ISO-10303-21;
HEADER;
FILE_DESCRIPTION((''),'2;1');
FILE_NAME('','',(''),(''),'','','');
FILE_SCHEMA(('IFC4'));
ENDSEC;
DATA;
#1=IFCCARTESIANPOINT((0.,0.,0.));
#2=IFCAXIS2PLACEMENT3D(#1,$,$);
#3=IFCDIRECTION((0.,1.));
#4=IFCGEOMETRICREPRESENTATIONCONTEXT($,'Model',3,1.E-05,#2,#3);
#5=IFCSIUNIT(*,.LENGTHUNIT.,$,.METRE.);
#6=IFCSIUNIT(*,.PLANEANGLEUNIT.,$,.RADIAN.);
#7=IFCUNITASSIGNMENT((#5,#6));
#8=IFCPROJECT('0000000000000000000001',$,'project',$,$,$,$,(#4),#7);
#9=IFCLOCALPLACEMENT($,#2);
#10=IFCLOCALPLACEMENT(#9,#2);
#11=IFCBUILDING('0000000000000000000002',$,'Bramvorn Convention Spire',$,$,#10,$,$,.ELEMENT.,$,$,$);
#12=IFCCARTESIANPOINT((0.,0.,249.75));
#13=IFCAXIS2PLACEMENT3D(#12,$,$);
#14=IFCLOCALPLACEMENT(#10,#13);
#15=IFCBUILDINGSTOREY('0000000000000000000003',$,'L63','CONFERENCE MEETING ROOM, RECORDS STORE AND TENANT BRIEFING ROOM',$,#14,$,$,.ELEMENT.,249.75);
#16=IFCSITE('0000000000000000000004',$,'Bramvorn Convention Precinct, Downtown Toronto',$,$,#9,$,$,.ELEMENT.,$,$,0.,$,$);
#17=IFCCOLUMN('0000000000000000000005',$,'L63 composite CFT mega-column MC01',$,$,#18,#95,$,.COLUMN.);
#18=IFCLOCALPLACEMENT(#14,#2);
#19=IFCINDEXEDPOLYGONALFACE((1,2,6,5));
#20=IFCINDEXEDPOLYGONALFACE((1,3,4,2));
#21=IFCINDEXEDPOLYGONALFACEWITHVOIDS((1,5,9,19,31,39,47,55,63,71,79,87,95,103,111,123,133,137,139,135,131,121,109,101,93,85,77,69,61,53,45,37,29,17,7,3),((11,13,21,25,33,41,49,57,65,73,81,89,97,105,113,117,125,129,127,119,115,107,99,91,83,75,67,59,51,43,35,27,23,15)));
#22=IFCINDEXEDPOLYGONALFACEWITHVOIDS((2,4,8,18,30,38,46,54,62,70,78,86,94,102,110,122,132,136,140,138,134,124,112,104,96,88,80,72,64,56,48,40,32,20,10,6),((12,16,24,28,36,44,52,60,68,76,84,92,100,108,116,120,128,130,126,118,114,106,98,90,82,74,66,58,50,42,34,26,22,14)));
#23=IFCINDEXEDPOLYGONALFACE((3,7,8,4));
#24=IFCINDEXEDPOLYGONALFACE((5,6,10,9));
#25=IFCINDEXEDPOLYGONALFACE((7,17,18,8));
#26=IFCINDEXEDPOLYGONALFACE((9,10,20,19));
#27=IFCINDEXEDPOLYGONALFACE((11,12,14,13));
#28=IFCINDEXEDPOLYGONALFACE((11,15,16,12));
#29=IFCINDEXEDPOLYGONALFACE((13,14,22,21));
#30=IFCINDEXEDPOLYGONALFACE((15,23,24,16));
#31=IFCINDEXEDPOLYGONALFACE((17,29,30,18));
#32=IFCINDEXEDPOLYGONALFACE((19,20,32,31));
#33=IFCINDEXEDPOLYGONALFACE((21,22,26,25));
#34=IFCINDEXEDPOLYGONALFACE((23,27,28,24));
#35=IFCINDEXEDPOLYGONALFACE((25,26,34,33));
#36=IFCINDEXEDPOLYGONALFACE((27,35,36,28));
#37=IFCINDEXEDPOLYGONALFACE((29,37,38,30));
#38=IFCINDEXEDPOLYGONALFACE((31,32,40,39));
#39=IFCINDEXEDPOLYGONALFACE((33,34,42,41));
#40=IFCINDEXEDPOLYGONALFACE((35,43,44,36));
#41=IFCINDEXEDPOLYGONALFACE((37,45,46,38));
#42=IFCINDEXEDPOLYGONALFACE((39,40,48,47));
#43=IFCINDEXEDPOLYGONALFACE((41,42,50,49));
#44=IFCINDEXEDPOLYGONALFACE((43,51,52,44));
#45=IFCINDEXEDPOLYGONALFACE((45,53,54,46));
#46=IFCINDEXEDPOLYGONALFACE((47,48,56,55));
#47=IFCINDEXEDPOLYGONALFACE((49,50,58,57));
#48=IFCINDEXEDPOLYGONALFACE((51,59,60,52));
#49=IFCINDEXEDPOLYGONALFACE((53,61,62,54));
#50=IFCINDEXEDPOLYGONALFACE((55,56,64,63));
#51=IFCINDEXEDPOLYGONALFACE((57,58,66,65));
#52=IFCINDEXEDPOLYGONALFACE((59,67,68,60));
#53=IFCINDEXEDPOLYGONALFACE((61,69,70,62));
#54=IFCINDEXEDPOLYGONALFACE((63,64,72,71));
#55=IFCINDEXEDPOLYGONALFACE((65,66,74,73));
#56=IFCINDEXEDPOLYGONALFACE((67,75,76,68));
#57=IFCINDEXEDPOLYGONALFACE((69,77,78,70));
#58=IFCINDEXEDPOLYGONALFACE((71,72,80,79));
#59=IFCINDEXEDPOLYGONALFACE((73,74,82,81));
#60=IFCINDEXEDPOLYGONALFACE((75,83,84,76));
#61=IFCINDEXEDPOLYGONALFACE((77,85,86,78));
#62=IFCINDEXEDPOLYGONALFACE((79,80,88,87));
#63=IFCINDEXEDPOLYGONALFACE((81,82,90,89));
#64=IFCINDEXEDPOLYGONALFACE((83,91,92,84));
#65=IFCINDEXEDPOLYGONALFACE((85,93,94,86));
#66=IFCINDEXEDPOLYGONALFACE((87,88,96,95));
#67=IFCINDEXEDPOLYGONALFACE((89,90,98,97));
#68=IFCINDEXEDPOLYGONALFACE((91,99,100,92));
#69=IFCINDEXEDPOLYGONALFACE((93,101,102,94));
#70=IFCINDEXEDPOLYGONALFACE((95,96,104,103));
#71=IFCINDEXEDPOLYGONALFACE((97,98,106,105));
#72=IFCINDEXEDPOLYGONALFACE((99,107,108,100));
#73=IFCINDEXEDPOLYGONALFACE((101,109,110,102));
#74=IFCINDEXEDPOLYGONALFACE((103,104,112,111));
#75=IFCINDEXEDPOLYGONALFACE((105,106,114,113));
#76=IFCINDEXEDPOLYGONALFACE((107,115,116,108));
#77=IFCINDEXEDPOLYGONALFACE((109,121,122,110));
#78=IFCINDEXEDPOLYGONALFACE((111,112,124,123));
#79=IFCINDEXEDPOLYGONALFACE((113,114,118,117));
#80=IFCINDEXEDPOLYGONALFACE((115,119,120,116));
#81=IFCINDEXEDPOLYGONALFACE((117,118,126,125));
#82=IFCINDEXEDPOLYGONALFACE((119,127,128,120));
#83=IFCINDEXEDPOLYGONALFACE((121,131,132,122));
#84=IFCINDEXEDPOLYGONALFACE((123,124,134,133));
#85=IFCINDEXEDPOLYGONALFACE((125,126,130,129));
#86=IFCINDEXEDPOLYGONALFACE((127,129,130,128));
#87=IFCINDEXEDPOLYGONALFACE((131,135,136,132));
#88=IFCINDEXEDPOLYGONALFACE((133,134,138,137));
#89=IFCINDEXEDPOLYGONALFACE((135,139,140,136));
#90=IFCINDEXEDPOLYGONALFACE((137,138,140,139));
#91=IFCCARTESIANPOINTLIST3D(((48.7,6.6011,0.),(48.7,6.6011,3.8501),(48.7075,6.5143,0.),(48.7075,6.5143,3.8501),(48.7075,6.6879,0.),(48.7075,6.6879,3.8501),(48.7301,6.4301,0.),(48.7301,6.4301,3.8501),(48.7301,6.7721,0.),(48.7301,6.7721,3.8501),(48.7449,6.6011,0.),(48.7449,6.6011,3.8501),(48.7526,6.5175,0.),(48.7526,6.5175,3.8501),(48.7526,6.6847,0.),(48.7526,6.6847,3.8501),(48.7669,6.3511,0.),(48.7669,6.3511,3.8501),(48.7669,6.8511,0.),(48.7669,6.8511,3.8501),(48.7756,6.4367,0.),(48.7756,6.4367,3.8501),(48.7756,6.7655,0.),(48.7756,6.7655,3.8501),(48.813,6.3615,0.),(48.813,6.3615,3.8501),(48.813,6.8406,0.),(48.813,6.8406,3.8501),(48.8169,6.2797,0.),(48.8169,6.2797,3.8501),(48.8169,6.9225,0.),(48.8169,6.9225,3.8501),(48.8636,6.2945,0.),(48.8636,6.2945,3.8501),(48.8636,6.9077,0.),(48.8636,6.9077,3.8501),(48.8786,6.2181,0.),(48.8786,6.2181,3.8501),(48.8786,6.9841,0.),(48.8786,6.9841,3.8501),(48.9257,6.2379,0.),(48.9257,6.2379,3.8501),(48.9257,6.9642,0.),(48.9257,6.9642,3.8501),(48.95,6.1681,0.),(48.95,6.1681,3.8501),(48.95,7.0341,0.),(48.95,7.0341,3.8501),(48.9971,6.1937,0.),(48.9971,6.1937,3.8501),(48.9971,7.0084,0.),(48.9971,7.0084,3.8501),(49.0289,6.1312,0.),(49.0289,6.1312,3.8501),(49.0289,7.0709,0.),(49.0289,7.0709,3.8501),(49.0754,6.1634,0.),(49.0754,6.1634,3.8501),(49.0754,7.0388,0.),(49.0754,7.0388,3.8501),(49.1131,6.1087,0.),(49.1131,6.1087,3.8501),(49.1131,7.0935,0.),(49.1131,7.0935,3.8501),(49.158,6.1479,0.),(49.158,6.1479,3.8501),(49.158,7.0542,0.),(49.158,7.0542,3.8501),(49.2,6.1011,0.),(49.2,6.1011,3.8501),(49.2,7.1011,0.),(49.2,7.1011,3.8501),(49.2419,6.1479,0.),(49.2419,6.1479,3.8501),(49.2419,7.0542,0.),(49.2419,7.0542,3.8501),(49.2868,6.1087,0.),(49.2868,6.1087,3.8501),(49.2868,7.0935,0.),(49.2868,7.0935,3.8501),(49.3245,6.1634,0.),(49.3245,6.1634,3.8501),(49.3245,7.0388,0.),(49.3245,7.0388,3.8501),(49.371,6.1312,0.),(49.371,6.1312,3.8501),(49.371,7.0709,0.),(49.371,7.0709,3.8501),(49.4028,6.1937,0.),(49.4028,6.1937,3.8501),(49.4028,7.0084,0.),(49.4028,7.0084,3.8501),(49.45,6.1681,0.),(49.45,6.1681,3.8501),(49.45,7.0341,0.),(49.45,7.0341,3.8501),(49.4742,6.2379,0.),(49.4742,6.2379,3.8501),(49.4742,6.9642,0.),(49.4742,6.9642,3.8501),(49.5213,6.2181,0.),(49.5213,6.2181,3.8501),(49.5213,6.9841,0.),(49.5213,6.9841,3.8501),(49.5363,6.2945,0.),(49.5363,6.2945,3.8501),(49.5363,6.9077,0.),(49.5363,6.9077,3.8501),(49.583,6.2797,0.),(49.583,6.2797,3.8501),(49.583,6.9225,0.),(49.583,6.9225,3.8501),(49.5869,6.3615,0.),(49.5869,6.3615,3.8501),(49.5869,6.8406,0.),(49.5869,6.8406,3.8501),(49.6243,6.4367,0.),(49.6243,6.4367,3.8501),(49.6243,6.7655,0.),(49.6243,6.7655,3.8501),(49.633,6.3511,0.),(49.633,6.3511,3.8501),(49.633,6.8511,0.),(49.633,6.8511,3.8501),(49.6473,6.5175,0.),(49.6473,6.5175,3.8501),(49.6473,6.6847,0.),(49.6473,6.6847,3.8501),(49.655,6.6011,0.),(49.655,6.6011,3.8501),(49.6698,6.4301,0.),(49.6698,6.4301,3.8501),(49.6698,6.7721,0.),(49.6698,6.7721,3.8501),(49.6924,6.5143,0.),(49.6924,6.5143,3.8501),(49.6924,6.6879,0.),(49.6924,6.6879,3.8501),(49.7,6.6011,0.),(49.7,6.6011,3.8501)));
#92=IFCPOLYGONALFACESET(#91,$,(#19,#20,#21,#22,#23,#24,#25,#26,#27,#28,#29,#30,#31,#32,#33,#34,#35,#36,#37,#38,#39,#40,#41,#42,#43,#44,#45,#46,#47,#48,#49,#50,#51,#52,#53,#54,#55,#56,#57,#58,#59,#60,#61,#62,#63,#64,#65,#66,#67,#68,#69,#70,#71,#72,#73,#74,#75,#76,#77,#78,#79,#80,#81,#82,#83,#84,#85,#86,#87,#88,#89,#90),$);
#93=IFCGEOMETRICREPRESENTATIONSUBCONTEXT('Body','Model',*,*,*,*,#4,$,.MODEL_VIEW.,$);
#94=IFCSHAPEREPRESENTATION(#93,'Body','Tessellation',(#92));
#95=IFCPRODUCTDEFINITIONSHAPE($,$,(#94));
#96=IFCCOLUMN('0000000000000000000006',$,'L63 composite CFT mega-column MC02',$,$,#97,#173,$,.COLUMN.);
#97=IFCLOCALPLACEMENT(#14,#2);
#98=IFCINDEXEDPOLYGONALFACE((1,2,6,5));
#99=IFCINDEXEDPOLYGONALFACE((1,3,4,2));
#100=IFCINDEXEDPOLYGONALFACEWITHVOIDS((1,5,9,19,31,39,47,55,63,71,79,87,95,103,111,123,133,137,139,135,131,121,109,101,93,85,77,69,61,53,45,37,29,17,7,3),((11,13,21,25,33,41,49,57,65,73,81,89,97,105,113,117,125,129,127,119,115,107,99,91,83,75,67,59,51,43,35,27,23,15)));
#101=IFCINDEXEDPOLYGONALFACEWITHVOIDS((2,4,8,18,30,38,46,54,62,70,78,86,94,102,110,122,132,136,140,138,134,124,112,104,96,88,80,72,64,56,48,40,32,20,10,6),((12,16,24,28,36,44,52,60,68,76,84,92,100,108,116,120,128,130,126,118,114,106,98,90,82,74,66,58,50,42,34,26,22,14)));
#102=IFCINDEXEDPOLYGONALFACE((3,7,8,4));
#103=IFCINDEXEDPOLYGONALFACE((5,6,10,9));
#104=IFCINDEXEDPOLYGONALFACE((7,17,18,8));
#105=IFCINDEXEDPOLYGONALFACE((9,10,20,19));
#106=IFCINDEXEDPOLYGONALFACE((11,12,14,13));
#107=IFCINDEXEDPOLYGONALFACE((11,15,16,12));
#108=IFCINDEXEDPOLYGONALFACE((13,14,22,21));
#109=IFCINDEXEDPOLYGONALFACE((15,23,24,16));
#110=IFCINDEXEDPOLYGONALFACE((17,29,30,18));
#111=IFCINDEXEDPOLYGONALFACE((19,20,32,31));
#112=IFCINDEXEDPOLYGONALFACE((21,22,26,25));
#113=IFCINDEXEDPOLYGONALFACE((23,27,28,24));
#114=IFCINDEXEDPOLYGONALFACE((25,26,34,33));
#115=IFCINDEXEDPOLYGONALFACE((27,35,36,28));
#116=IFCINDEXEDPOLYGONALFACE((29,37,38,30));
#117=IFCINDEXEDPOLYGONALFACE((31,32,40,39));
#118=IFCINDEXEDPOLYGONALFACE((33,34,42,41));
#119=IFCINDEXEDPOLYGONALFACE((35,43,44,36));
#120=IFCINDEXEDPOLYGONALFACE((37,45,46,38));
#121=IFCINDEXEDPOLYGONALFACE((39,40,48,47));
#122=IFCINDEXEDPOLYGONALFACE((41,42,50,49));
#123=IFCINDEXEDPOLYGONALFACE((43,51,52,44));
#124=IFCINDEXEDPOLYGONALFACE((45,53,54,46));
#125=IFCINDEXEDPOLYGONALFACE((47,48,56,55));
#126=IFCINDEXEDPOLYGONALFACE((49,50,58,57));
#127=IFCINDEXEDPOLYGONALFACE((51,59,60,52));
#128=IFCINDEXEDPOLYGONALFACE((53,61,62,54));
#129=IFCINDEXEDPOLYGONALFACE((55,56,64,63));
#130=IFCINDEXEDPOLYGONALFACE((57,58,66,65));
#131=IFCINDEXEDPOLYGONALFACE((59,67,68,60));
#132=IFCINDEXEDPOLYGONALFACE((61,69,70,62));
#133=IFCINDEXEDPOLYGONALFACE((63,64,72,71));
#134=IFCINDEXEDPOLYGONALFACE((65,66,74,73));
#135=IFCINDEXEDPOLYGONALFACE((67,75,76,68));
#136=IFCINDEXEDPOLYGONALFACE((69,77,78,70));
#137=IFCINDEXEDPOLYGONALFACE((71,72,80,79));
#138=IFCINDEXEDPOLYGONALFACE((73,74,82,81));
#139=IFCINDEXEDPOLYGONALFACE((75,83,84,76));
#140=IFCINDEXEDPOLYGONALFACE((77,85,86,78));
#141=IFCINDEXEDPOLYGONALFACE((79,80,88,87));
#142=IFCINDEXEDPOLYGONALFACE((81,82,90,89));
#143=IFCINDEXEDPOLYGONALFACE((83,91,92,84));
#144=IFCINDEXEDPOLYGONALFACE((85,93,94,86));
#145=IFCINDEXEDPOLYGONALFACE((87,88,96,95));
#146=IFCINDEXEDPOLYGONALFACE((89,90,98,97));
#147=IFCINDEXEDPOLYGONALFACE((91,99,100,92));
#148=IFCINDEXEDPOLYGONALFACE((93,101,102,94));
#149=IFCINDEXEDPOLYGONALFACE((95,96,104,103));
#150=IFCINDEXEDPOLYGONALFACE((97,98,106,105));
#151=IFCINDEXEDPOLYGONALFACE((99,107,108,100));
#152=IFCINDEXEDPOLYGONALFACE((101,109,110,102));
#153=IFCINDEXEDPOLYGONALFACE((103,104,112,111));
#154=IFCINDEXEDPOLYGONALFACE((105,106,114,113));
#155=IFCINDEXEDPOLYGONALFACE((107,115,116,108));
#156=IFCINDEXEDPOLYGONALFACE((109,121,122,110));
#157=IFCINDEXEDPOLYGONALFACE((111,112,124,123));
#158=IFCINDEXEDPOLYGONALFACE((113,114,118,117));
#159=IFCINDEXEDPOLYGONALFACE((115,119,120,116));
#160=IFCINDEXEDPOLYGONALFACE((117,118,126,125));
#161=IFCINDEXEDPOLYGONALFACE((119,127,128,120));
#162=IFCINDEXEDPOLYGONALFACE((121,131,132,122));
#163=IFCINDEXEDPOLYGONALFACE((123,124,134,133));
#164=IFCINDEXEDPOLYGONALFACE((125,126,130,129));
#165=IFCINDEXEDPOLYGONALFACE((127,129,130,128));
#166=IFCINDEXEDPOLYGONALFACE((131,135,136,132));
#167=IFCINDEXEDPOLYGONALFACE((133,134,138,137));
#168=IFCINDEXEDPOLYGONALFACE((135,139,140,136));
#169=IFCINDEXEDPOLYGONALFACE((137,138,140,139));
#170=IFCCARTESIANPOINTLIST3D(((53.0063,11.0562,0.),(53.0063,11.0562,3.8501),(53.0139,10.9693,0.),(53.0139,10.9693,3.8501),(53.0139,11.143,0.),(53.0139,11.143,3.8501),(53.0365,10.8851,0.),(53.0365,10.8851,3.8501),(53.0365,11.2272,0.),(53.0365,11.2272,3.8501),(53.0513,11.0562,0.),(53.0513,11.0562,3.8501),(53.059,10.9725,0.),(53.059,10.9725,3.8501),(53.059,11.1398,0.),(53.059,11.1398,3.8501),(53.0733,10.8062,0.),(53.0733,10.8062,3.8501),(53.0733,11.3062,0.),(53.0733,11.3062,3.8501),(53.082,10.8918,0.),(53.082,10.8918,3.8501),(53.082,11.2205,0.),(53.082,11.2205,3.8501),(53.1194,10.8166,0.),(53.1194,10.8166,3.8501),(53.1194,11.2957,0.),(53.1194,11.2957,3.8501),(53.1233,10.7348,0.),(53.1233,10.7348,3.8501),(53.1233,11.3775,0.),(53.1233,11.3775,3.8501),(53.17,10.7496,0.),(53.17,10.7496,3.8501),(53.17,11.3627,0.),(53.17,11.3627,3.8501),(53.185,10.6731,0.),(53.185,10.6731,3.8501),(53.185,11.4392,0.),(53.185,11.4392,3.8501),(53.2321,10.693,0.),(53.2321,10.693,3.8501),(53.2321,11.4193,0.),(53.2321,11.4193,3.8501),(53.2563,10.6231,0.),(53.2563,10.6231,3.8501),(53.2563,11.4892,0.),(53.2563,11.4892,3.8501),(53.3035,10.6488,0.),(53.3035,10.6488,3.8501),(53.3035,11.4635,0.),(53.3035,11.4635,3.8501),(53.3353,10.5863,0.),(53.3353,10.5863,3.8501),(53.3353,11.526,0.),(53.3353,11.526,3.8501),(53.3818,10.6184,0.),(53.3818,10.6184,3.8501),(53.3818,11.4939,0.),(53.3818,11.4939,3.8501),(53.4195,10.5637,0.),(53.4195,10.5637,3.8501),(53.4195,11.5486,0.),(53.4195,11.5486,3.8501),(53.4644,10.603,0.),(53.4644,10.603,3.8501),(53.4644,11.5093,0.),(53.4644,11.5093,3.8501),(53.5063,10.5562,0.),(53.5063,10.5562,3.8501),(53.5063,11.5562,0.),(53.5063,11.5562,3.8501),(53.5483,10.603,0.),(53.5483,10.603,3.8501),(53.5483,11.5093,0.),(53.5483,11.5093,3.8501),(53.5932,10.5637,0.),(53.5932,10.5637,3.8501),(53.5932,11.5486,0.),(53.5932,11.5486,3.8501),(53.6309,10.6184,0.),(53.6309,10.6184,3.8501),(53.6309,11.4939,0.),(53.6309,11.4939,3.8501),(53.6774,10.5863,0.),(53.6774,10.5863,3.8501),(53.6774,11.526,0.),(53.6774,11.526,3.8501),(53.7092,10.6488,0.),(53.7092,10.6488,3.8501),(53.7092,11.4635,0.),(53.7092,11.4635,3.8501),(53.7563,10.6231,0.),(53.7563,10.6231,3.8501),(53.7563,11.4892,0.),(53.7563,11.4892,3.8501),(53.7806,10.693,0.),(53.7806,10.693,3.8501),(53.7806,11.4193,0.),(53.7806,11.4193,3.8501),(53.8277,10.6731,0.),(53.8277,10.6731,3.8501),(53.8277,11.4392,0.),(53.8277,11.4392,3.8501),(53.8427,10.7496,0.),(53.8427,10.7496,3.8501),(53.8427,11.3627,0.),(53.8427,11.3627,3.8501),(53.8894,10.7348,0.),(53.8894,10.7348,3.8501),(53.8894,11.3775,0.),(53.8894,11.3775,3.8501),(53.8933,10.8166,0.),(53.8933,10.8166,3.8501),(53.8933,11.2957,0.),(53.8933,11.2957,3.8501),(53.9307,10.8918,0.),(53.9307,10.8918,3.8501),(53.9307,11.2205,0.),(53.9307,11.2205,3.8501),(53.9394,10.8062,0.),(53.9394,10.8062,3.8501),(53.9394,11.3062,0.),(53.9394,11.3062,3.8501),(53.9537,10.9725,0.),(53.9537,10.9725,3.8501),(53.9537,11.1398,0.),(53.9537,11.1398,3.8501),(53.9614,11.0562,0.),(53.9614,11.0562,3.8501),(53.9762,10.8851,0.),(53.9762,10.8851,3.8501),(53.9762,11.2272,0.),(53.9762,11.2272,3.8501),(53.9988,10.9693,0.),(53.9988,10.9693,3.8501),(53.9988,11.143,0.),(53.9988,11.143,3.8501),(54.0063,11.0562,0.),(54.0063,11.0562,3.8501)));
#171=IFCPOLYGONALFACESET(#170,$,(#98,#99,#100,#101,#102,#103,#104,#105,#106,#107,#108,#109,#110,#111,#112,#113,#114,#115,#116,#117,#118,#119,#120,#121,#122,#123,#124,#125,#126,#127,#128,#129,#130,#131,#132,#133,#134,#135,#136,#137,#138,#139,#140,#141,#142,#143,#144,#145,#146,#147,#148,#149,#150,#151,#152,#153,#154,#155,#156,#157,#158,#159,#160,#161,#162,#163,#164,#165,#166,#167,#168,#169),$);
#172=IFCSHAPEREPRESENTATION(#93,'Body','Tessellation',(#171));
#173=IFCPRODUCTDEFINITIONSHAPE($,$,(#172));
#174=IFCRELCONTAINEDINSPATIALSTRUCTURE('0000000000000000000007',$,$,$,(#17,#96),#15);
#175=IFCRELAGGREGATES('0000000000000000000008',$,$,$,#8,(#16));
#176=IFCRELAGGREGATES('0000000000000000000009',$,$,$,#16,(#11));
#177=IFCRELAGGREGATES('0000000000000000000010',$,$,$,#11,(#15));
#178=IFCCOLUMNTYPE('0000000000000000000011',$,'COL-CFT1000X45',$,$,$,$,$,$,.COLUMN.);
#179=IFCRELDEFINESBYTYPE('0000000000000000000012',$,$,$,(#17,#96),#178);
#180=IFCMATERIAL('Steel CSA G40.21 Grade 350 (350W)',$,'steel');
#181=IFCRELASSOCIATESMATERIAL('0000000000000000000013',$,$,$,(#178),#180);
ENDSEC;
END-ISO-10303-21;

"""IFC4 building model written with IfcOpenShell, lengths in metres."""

from ifc_helpers import new_model, si_unit, direction, frame, origin, origin_2d, place, context, subcontext, project, spatial, hollow_circle, extrude, material, material_profile, profile_set, type_object, element, save


model = new_model("IFC4")

# Units and contexts
model_context = context("Model", 3, precision=1e-05, world=origin(), true_north=direction((0.0, 1.0)))
body_context = subcontext(model_context, "Body", "Model", "MODEL_VIEW")
ifc_project = project(units=[si_unit("LENGTHUNIT", "METRE"), si_unit("PLANEANGLEUNIT", "RADIAN")], contexts=[model_context])

# Site, building, storey
site_placement = place(None, origin())
site = spatial("IfcSite", under=ifc_project, at=site_placement, Name="Bramvorn Convention Precinct, Downtown Toronto", CompositionType="ELEMENT", RefElevation=0.0)
building_placement = place(site_placement, origin())
building = spatial("IfcBuilding", under=site, at=building_placement, Name="Bramvorn Convention Spire", CompositionType="ELEMENT")
storey_placement = place(building_placement, frame((0.0, 0.0, 249.75)))
storey = spatial("IfcBuildingStorey", under=building, at=storey_placement, Name="L63", Description="CONFERENCE MEETING ROOM, RECORDS STORE AND TENANT BRIEFING ROOM", CompositionType="ELEMENT", Elevation=249.75)

# Columns
ifc_material_1 = material(Name="Steel CSA G40.21 Grade 350 (350W)", Category="steel")
ifc_material_profile_1 = material_profile(ifc_material_1, hollow_circle(Radius=0.5, WallThickness=0.0449, at=origin_2d()))
ifc_profile_set_1 = profile_set([ifc_material_profile_1], Name="Steel CSA G40.21 Grade 350 (350W) - CFT1000X45")
column_type = type_object("IfcColumnType", Name="COL-CFT1000X45", PredefinedType="COLUMN", material=ifc_profile_set_1)
for number, where, z_axis, x_axis, name in (
    (1, (49.2, 6.6011, 0.0), (0.0, 0.0, 1.0), (1.0, 0.0, 0.0), "L63 composite CFT mega-column MC01"),
    (2, (53.5063, 11.0562, 0.0), (0.0, 0.0, 1.0), (1.0, 0.0, 0.0), "L63 composite CFT mega-column MC02"),
):
    element("IfcColumn", number, at=place(storey_placement, frame(where, z_axis=z_axis, x_axis=x_axis)), inside=storey, type_object=column_type, Name=name, PredefinedType="COLUMN", context=body_context, shape_type="SweptSolid", body=[
        extrude(hollow_circle(Radius=0.5, WallThickness=0.0449, at=origin_2d()), origin(), (0.0, 0.0, 1.0), 3.8501),
    ])

save(model, "model.ifc")
